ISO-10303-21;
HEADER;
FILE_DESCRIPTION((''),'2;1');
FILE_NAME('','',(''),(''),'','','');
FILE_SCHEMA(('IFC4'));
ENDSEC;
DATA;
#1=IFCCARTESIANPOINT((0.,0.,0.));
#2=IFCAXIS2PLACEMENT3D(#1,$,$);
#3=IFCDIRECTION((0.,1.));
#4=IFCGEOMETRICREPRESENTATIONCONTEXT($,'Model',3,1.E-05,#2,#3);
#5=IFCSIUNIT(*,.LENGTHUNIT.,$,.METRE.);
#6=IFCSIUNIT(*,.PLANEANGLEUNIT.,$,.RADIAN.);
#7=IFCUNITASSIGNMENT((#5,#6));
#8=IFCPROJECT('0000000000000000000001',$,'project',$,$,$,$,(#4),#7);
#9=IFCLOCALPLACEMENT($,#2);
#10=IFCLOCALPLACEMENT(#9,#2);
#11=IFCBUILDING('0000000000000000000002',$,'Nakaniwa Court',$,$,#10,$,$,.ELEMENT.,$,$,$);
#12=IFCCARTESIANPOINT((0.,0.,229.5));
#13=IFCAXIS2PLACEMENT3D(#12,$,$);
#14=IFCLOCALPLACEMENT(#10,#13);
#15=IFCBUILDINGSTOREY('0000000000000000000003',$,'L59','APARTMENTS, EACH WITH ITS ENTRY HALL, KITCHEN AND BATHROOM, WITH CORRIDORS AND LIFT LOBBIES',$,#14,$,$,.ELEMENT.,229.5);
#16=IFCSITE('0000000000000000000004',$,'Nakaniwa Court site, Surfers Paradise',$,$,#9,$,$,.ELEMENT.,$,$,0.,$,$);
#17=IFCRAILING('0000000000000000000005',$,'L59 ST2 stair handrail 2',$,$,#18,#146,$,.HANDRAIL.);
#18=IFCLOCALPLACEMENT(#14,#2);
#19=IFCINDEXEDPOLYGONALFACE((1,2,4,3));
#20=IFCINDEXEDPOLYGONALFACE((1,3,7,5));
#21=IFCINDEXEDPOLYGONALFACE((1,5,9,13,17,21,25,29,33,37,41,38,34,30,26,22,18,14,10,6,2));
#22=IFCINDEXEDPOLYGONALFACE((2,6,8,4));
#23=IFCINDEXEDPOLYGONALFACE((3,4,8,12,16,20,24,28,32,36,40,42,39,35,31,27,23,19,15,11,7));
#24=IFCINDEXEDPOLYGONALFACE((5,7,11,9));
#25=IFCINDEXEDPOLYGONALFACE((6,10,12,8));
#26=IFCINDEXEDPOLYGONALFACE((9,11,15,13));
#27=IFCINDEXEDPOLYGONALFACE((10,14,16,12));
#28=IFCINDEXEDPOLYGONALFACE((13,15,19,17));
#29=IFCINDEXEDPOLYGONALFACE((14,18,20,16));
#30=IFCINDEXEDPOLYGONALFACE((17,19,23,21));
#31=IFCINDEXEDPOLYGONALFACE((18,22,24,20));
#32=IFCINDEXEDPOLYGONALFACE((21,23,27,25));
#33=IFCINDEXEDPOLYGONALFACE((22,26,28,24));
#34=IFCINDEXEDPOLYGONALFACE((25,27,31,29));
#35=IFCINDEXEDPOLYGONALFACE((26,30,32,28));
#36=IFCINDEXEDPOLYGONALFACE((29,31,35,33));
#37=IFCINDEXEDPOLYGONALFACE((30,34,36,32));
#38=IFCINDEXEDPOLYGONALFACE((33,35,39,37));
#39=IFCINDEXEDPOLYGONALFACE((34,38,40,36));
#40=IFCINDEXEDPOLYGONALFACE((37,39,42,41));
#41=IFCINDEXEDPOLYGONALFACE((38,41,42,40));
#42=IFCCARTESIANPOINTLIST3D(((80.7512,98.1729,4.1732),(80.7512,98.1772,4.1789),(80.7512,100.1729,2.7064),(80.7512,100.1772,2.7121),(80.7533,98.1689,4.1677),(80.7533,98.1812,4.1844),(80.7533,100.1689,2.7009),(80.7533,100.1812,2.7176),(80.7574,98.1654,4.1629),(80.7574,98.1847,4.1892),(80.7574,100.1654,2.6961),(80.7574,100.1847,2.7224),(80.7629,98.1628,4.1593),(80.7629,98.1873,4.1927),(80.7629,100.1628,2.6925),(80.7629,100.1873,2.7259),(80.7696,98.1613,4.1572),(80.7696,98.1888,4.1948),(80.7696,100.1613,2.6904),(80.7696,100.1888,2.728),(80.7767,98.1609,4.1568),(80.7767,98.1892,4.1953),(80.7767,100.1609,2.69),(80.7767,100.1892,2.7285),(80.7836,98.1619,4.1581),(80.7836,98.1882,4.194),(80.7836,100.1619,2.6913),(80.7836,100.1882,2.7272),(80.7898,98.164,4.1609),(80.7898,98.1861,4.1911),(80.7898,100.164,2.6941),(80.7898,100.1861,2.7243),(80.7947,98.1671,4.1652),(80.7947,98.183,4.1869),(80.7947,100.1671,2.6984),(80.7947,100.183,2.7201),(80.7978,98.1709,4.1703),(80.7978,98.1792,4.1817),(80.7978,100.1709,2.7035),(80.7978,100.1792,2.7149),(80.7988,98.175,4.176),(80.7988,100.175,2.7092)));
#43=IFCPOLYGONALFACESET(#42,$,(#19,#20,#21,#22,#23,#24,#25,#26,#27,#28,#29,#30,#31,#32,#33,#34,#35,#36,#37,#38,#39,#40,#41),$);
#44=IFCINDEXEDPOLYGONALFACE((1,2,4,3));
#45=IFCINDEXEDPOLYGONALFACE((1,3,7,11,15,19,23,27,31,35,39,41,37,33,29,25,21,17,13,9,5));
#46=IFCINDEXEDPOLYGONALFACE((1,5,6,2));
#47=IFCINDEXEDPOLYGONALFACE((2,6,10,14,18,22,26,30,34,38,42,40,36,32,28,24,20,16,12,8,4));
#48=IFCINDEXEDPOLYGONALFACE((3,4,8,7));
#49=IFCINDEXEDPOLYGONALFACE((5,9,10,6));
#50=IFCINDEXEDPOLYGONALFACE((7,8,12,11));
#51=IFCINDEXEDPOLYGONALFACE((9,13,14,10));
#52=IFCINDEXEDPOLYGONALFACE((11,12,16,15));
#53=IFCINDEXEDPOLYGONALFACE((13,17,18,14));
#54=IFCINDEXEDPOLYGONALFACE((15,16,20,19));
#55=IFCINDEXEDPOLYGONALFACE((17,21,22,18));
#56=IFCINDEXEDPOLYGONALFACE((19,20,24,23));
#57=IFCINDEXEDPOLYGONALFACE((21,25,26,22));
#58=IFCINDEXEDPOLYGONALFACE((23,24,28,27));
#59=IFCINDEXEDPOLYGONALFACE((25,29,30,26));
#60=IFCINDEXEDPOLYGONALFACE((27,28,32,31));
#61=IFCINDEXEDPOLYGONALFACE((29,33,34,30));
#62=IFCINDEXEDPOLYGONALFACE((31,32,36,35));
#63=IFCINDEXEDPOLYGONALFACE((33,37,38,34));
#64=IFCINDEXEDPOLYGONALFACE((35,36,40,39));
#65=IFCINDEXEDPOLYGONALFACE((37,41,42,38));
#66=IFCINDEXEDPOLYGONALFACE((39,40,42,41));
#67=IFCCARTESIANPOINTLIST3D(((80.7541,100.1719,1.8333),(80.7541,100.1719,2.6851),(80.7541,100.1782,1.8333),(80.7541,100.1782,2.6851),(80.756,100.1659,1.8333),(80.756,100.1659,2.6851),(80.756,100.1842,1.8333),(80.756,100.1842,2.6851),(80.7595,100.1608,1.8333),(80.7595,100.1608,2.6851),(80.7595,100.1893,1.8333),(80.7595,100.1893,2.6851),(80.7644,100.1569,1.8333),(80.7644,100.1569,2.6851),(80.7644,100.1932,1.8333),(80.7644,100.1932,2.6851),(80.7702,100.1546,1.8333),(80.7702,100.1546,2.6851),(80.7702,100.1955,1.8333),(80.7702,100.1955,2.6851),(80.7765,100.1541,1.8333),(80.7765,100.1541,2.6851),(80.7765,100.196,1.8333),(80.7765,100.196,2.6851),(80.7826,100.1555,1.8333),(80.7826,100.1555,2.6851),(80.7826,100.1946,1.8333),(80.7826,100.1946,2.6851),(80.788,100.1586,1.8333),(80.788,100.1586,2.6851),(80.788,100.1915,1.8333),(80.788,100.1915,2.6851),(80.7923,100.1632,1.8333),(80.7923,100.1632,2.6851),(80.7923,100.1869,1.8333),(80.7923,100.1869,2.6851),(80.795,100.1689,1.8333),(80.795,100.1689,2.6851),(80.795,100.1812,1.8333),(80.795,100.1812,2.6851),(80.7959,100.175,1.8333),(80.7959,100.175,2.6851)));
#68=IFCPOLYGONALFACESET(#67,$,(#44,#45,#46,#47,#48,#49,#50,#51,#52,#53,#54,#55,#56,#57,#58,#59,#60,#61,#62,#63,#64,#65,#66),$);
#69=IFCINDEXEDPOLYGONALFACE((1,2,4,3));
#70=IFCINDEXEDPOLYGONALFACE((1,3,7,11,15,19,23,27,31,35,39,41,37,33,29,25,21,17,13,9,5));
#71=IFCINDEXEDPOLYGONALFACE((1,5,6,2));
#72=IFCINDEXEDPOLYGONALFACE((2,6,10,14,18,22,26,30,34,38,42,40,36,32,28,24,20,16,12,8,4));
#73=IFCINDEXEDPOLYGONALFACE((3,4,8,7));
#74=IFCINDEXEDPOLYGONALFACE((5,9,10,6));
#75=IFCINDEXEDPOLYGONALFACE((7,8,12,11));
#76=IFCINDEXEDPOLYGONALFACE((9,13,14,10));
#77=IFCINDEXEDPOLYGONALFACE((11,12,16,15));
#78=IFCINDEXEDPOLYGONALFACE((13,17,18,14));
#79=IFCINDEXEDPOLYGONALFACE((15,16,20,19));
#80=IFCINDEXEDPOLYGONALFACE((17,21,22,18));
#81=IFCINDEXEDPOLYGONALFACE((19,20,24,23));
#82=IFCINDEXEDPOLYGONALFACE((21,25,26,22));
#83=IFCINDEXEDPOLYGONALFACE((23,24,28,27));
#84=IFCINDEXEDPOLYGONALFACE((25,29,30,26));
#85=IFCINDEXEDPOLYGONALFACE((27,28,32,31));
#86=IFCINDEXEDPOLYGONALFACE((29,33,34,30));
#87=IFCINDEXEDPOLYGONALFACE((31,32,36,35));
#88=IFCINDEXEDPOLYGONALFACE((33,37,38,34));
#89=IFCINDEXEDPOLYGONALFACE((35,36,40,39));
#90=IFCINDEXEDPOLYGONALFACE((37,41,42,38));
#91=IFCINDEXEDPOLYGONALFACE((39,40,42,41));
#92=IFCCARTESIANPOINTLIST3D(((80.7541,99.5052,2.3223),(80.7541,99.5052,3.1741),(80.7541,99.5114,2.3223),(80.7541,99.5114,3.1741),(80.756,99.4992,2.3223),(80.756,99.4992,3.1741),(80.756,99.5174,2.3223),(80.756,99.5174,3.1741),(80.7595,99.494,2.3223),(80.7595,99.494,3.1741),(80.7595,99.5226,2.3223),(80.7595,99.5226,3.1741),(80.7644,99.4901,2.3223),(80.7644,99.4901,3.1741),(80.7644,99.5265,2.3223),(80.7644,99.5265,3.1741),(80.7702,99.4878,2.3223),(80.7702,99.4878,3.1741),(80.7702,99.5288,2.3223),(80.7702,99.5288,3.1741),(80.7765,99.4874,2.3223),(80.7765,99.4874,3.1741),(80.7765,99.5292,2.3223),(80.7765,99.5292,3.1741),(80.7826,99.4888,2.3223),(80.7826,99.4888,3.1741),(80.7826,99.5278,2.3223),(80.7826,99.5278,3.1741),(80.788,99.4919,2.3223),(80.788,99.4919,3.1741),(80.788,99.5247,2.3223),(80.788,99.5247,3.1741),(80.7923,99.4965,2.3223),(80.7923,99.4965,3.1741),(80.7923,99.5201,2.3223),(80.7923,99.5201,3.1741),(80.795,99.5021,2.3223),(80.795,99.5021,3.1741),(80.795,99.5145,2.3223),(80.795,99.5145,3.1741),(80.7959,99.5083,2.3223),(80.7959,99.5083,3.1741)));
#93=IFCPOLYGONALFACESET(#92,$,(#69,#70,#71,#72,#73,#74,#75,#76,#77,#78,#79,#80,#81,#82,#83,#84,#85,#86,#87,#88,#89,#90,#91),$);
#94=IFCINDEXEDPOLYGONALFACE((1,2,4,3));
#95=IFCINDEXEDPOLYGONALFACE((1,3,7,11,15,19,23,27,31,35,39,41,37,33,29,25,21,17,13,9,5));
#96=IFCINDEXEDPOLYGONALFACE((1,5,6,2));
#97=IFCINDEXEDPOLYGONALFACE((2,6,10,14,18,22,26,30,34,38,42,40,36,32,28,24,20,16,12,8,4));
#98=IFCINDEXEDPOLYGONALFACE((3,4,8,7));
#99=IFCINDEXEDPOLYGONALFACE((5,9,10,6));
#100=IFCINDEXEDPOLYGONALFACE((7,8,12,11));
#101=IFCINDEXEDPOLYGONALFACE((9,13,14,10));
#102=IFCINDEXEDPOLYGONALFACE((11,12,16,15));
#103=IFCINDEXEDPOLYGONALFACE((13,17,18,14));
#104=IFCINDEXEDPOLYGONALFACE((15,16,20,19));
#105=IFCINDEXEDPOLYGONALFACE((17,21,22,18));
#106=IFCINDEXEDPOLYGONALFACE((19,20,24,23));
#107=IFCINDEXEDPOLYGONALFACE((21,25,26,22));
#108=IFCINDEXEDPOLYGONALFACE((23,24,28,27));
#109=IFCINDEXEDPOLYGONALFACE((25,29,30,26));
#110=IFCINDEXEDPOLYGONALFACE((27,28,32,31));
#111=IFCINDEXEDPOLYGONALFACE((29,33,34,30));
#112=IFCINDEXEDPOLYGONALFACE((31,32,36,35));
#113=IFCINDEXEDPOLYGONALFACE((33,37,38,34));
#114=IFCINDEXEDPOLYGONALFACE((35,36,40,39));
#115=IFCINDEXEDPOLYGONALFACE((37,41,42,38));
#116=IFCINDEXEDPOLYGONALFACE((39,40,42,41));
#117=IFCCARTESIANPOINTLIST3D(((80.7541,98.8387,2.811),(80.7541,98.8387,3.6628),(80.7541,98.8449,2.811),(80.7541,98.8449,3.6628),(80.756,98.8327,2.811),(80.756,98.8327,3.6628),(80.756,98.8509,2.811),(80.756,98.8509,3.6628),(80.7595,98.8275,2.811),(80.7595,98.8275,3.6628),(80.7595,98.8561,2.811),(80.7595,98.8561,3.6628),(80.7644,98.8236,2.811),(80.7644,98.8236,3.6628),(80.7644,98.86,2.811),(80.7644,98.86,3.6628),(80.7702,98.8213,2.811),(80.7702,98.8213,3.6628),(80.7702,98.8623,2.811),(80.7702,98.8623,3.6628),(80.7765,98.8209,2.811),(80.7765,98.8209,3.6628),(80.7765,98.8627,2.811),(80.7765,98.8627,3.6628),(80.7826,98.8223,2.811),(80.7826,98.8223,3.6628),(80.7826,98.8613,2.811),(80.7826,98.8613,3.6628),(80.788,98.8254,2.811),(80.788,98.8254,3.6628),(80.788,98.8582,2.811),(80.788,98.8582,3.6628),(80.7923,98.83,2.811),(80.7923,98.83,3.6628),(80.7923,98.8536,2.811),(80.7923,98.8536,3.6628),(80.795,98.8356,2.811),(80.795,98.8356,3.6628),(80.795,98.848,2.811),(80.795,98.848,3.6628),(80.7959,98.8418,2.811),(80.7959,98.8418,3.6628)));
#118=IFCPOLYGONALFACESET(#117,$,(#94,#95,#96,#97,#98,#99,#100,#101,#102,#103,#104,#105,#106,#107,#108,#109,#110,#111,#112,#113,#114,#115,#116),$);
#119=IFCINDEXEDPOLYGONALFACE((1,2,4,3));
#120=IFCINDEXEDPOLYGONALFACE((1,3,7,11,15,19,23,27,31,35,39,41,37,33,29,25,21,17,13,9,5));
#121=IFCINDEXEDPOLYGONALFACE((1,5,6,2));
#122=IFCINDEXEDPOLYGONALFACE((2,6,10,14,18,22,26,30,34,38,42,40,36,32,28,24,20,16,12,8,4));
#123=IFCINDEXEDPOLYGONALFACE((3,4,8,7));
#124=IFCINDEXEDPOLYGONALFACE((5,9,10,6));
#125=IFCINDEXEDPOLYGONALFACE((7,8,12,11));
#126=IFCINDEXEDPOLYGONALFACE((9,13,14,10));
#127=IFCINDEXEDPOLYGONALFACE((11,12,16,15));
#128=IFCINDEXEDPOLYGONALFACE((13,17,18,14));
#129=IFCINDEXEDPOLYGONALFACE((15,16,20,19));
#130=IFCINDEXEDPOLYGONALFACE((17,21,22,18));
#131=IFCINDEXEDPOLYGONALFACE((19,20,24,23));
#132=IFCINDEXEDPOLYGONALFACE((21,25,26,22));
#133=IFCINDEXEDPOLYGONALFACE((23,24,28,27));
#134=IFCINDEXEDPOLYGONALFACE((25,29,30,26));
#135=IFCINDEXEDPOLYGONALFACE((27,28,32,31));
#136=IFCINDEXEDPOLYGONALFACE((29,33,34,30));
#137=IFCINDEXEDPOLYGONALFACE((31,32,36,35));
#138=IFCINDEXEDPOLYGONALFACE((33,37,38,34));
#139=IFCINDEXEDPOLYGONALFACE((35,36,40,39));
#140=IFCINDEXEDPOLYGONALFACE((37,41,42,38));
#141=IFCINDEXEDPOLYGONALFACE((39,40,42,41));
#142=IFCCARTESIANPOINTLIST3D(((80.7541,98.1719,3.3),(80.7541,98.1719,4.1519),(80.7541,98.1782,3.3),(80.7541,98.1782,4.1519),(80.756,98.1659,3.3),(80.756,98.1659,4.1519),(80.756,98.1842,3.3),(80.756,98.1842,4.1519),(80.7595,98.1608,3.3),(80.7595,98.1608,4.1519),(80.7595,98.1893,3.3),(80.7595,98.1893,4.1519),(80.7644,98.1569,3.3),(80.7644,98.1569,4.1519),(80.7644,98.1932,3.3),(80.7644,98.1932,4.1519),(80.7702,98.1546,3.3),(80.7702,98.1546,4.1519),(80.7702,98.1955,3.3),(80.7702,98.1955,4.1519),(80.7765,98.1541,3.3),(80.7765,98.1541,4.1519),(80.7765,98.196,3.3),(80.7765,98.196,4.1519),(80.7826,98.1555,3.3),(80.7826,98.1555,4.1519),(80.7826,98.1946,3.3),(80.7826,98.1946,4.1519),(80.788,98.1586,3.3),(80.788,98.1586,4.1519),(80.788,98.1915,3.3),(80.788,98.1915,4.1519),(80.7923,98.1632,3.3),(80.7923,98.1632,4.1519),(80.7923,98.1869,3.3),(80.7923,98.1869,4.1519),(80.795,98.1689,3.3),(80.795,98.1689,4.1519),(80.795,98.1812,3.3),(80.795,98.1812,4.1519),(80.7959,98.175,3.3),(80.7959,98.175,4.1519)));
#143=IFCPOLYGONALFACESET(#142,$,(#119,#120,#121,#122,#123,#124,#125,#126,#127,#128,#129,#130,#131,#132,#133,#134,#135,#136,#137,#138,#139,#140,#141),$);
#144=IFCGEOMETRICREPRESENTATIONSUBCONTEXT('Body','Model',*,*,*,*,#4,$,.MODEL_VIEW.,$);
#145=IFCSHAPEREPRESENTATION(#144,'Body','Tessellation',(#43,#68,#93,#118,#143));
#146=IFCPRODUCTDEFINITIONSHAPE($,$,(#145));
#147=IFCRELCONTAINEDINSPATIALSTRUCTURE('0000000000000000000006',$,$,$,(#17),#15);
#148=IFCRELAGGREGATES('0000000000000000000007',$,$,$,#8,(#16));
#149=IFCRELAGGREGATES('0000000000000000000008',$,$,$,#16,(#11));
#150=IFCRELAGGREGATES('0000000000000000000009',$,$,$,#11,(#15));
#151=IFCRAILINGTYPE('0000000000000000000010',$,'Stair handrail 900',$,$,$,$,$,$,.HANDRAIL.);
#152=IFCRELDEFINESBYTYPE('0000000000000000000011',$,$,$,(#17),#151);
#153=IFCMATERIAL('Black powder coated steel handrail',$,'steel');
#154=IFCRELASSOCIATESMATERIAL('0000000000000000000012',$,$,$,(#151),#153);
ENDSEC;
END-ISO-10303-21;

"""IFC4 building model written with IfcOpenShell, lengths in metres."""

from ifc_helpers import new_model, si_unit, direction, frame, origin, origin_2d, place, context, subcontext, project, spatial, circle, extrude, material, type_object, element, save


model = new_model("IFC4")

# Units and contexts
model_context = context("Model", 3, precision=1e-05, world=origin(), true_north=direction((0.0, 1.0)))
body_context = subcontext(model_context, "Body", "Model", "MODEL_VIEW")
ifc_project = project(units=[si_unit("LENGTHUNIT", "METRE"), si_unit("PLANEANGLEUNIT", "RADIAN")], contexts=[model_context])

# Site, building, storey
site_placement = place(None, origin())
site = spatial("IfcSite", under=ifc_project, at=site_placement, Name="Nakaniwa Court site, Surfers Paradise", CompositionType="ELEMENT", RefElevation=0.0)
building_placement = place(site_placement, origin())
building = spatial("IfcBuilding", under=site, at=building_placement, Name="Nakaniwa Court", CompositionType="ELEMENT")
storey_placement = place(building_placement, frame((0.0, 0.0, 229.5)))
storey = spatial("IfcBuildingStorey", under=building, at=storey_placement, Name="L59", Description="APARTMENTS, EACH WITH ITS ENTRY HALL, KITCHEN AND BATHROOM, WITH CORRIDORS AND LIFT LOBBIES", CompositionType="ELEMENT", Elevation=229.5)

# Railing
ifc_material_1 = material(Name="Black powder coated steel handrail", Category="steel")
railing_type_1 = type_object("IfcRailingType", Name="Stair handrail 900", PredefinedType="HANDRAIL", material=ifc_material_1)
railing_1_placement = place(storey_placement, frame((80.7749, 100.175, 1.8333)))
element("IfcRailing", 1, at=railing_1_placement, inside=storey, type_object=railing_type_1, Name="L59 ST2 stair handrail 2", PredefinedType="HANDRAIL", context=body_context, shape_type="SweptSolid", body=[
    extrude(circle(Radius=0.0239, at=origin_2d()), frame((0.0, 0.0, 0.876), z_axis=(0.0, -0.80638, 0.591398), x_axis=(1.0, 0.0, 0.0)), (0.0, 0.0, 1.0), 2.4802),
    extrude(circle(Radius=0.021, at=origin_2d()), origin(), (0.0, 0.0, 1.0), 0.8518),
    extrude(circle(Radius=0.021, at=origin_2d()), frame((0.0, -0.6667, 0.489)), (0.0, 0.0, 1.0), 0.8518),
    extrude(circle(Radius=0.021, at=origin_2d()), frame((0.0, -1.3333, 0.9778)), (0.0, 0.0, 1.0), 0.8518),
    extrude(circle(Radius=0.021, at=origin_2d()), frame((0.0, -2.0, 1.4668)), (0.0, 0.0, 1.0), 0.8518),
])

save(model, "model.ifc")
